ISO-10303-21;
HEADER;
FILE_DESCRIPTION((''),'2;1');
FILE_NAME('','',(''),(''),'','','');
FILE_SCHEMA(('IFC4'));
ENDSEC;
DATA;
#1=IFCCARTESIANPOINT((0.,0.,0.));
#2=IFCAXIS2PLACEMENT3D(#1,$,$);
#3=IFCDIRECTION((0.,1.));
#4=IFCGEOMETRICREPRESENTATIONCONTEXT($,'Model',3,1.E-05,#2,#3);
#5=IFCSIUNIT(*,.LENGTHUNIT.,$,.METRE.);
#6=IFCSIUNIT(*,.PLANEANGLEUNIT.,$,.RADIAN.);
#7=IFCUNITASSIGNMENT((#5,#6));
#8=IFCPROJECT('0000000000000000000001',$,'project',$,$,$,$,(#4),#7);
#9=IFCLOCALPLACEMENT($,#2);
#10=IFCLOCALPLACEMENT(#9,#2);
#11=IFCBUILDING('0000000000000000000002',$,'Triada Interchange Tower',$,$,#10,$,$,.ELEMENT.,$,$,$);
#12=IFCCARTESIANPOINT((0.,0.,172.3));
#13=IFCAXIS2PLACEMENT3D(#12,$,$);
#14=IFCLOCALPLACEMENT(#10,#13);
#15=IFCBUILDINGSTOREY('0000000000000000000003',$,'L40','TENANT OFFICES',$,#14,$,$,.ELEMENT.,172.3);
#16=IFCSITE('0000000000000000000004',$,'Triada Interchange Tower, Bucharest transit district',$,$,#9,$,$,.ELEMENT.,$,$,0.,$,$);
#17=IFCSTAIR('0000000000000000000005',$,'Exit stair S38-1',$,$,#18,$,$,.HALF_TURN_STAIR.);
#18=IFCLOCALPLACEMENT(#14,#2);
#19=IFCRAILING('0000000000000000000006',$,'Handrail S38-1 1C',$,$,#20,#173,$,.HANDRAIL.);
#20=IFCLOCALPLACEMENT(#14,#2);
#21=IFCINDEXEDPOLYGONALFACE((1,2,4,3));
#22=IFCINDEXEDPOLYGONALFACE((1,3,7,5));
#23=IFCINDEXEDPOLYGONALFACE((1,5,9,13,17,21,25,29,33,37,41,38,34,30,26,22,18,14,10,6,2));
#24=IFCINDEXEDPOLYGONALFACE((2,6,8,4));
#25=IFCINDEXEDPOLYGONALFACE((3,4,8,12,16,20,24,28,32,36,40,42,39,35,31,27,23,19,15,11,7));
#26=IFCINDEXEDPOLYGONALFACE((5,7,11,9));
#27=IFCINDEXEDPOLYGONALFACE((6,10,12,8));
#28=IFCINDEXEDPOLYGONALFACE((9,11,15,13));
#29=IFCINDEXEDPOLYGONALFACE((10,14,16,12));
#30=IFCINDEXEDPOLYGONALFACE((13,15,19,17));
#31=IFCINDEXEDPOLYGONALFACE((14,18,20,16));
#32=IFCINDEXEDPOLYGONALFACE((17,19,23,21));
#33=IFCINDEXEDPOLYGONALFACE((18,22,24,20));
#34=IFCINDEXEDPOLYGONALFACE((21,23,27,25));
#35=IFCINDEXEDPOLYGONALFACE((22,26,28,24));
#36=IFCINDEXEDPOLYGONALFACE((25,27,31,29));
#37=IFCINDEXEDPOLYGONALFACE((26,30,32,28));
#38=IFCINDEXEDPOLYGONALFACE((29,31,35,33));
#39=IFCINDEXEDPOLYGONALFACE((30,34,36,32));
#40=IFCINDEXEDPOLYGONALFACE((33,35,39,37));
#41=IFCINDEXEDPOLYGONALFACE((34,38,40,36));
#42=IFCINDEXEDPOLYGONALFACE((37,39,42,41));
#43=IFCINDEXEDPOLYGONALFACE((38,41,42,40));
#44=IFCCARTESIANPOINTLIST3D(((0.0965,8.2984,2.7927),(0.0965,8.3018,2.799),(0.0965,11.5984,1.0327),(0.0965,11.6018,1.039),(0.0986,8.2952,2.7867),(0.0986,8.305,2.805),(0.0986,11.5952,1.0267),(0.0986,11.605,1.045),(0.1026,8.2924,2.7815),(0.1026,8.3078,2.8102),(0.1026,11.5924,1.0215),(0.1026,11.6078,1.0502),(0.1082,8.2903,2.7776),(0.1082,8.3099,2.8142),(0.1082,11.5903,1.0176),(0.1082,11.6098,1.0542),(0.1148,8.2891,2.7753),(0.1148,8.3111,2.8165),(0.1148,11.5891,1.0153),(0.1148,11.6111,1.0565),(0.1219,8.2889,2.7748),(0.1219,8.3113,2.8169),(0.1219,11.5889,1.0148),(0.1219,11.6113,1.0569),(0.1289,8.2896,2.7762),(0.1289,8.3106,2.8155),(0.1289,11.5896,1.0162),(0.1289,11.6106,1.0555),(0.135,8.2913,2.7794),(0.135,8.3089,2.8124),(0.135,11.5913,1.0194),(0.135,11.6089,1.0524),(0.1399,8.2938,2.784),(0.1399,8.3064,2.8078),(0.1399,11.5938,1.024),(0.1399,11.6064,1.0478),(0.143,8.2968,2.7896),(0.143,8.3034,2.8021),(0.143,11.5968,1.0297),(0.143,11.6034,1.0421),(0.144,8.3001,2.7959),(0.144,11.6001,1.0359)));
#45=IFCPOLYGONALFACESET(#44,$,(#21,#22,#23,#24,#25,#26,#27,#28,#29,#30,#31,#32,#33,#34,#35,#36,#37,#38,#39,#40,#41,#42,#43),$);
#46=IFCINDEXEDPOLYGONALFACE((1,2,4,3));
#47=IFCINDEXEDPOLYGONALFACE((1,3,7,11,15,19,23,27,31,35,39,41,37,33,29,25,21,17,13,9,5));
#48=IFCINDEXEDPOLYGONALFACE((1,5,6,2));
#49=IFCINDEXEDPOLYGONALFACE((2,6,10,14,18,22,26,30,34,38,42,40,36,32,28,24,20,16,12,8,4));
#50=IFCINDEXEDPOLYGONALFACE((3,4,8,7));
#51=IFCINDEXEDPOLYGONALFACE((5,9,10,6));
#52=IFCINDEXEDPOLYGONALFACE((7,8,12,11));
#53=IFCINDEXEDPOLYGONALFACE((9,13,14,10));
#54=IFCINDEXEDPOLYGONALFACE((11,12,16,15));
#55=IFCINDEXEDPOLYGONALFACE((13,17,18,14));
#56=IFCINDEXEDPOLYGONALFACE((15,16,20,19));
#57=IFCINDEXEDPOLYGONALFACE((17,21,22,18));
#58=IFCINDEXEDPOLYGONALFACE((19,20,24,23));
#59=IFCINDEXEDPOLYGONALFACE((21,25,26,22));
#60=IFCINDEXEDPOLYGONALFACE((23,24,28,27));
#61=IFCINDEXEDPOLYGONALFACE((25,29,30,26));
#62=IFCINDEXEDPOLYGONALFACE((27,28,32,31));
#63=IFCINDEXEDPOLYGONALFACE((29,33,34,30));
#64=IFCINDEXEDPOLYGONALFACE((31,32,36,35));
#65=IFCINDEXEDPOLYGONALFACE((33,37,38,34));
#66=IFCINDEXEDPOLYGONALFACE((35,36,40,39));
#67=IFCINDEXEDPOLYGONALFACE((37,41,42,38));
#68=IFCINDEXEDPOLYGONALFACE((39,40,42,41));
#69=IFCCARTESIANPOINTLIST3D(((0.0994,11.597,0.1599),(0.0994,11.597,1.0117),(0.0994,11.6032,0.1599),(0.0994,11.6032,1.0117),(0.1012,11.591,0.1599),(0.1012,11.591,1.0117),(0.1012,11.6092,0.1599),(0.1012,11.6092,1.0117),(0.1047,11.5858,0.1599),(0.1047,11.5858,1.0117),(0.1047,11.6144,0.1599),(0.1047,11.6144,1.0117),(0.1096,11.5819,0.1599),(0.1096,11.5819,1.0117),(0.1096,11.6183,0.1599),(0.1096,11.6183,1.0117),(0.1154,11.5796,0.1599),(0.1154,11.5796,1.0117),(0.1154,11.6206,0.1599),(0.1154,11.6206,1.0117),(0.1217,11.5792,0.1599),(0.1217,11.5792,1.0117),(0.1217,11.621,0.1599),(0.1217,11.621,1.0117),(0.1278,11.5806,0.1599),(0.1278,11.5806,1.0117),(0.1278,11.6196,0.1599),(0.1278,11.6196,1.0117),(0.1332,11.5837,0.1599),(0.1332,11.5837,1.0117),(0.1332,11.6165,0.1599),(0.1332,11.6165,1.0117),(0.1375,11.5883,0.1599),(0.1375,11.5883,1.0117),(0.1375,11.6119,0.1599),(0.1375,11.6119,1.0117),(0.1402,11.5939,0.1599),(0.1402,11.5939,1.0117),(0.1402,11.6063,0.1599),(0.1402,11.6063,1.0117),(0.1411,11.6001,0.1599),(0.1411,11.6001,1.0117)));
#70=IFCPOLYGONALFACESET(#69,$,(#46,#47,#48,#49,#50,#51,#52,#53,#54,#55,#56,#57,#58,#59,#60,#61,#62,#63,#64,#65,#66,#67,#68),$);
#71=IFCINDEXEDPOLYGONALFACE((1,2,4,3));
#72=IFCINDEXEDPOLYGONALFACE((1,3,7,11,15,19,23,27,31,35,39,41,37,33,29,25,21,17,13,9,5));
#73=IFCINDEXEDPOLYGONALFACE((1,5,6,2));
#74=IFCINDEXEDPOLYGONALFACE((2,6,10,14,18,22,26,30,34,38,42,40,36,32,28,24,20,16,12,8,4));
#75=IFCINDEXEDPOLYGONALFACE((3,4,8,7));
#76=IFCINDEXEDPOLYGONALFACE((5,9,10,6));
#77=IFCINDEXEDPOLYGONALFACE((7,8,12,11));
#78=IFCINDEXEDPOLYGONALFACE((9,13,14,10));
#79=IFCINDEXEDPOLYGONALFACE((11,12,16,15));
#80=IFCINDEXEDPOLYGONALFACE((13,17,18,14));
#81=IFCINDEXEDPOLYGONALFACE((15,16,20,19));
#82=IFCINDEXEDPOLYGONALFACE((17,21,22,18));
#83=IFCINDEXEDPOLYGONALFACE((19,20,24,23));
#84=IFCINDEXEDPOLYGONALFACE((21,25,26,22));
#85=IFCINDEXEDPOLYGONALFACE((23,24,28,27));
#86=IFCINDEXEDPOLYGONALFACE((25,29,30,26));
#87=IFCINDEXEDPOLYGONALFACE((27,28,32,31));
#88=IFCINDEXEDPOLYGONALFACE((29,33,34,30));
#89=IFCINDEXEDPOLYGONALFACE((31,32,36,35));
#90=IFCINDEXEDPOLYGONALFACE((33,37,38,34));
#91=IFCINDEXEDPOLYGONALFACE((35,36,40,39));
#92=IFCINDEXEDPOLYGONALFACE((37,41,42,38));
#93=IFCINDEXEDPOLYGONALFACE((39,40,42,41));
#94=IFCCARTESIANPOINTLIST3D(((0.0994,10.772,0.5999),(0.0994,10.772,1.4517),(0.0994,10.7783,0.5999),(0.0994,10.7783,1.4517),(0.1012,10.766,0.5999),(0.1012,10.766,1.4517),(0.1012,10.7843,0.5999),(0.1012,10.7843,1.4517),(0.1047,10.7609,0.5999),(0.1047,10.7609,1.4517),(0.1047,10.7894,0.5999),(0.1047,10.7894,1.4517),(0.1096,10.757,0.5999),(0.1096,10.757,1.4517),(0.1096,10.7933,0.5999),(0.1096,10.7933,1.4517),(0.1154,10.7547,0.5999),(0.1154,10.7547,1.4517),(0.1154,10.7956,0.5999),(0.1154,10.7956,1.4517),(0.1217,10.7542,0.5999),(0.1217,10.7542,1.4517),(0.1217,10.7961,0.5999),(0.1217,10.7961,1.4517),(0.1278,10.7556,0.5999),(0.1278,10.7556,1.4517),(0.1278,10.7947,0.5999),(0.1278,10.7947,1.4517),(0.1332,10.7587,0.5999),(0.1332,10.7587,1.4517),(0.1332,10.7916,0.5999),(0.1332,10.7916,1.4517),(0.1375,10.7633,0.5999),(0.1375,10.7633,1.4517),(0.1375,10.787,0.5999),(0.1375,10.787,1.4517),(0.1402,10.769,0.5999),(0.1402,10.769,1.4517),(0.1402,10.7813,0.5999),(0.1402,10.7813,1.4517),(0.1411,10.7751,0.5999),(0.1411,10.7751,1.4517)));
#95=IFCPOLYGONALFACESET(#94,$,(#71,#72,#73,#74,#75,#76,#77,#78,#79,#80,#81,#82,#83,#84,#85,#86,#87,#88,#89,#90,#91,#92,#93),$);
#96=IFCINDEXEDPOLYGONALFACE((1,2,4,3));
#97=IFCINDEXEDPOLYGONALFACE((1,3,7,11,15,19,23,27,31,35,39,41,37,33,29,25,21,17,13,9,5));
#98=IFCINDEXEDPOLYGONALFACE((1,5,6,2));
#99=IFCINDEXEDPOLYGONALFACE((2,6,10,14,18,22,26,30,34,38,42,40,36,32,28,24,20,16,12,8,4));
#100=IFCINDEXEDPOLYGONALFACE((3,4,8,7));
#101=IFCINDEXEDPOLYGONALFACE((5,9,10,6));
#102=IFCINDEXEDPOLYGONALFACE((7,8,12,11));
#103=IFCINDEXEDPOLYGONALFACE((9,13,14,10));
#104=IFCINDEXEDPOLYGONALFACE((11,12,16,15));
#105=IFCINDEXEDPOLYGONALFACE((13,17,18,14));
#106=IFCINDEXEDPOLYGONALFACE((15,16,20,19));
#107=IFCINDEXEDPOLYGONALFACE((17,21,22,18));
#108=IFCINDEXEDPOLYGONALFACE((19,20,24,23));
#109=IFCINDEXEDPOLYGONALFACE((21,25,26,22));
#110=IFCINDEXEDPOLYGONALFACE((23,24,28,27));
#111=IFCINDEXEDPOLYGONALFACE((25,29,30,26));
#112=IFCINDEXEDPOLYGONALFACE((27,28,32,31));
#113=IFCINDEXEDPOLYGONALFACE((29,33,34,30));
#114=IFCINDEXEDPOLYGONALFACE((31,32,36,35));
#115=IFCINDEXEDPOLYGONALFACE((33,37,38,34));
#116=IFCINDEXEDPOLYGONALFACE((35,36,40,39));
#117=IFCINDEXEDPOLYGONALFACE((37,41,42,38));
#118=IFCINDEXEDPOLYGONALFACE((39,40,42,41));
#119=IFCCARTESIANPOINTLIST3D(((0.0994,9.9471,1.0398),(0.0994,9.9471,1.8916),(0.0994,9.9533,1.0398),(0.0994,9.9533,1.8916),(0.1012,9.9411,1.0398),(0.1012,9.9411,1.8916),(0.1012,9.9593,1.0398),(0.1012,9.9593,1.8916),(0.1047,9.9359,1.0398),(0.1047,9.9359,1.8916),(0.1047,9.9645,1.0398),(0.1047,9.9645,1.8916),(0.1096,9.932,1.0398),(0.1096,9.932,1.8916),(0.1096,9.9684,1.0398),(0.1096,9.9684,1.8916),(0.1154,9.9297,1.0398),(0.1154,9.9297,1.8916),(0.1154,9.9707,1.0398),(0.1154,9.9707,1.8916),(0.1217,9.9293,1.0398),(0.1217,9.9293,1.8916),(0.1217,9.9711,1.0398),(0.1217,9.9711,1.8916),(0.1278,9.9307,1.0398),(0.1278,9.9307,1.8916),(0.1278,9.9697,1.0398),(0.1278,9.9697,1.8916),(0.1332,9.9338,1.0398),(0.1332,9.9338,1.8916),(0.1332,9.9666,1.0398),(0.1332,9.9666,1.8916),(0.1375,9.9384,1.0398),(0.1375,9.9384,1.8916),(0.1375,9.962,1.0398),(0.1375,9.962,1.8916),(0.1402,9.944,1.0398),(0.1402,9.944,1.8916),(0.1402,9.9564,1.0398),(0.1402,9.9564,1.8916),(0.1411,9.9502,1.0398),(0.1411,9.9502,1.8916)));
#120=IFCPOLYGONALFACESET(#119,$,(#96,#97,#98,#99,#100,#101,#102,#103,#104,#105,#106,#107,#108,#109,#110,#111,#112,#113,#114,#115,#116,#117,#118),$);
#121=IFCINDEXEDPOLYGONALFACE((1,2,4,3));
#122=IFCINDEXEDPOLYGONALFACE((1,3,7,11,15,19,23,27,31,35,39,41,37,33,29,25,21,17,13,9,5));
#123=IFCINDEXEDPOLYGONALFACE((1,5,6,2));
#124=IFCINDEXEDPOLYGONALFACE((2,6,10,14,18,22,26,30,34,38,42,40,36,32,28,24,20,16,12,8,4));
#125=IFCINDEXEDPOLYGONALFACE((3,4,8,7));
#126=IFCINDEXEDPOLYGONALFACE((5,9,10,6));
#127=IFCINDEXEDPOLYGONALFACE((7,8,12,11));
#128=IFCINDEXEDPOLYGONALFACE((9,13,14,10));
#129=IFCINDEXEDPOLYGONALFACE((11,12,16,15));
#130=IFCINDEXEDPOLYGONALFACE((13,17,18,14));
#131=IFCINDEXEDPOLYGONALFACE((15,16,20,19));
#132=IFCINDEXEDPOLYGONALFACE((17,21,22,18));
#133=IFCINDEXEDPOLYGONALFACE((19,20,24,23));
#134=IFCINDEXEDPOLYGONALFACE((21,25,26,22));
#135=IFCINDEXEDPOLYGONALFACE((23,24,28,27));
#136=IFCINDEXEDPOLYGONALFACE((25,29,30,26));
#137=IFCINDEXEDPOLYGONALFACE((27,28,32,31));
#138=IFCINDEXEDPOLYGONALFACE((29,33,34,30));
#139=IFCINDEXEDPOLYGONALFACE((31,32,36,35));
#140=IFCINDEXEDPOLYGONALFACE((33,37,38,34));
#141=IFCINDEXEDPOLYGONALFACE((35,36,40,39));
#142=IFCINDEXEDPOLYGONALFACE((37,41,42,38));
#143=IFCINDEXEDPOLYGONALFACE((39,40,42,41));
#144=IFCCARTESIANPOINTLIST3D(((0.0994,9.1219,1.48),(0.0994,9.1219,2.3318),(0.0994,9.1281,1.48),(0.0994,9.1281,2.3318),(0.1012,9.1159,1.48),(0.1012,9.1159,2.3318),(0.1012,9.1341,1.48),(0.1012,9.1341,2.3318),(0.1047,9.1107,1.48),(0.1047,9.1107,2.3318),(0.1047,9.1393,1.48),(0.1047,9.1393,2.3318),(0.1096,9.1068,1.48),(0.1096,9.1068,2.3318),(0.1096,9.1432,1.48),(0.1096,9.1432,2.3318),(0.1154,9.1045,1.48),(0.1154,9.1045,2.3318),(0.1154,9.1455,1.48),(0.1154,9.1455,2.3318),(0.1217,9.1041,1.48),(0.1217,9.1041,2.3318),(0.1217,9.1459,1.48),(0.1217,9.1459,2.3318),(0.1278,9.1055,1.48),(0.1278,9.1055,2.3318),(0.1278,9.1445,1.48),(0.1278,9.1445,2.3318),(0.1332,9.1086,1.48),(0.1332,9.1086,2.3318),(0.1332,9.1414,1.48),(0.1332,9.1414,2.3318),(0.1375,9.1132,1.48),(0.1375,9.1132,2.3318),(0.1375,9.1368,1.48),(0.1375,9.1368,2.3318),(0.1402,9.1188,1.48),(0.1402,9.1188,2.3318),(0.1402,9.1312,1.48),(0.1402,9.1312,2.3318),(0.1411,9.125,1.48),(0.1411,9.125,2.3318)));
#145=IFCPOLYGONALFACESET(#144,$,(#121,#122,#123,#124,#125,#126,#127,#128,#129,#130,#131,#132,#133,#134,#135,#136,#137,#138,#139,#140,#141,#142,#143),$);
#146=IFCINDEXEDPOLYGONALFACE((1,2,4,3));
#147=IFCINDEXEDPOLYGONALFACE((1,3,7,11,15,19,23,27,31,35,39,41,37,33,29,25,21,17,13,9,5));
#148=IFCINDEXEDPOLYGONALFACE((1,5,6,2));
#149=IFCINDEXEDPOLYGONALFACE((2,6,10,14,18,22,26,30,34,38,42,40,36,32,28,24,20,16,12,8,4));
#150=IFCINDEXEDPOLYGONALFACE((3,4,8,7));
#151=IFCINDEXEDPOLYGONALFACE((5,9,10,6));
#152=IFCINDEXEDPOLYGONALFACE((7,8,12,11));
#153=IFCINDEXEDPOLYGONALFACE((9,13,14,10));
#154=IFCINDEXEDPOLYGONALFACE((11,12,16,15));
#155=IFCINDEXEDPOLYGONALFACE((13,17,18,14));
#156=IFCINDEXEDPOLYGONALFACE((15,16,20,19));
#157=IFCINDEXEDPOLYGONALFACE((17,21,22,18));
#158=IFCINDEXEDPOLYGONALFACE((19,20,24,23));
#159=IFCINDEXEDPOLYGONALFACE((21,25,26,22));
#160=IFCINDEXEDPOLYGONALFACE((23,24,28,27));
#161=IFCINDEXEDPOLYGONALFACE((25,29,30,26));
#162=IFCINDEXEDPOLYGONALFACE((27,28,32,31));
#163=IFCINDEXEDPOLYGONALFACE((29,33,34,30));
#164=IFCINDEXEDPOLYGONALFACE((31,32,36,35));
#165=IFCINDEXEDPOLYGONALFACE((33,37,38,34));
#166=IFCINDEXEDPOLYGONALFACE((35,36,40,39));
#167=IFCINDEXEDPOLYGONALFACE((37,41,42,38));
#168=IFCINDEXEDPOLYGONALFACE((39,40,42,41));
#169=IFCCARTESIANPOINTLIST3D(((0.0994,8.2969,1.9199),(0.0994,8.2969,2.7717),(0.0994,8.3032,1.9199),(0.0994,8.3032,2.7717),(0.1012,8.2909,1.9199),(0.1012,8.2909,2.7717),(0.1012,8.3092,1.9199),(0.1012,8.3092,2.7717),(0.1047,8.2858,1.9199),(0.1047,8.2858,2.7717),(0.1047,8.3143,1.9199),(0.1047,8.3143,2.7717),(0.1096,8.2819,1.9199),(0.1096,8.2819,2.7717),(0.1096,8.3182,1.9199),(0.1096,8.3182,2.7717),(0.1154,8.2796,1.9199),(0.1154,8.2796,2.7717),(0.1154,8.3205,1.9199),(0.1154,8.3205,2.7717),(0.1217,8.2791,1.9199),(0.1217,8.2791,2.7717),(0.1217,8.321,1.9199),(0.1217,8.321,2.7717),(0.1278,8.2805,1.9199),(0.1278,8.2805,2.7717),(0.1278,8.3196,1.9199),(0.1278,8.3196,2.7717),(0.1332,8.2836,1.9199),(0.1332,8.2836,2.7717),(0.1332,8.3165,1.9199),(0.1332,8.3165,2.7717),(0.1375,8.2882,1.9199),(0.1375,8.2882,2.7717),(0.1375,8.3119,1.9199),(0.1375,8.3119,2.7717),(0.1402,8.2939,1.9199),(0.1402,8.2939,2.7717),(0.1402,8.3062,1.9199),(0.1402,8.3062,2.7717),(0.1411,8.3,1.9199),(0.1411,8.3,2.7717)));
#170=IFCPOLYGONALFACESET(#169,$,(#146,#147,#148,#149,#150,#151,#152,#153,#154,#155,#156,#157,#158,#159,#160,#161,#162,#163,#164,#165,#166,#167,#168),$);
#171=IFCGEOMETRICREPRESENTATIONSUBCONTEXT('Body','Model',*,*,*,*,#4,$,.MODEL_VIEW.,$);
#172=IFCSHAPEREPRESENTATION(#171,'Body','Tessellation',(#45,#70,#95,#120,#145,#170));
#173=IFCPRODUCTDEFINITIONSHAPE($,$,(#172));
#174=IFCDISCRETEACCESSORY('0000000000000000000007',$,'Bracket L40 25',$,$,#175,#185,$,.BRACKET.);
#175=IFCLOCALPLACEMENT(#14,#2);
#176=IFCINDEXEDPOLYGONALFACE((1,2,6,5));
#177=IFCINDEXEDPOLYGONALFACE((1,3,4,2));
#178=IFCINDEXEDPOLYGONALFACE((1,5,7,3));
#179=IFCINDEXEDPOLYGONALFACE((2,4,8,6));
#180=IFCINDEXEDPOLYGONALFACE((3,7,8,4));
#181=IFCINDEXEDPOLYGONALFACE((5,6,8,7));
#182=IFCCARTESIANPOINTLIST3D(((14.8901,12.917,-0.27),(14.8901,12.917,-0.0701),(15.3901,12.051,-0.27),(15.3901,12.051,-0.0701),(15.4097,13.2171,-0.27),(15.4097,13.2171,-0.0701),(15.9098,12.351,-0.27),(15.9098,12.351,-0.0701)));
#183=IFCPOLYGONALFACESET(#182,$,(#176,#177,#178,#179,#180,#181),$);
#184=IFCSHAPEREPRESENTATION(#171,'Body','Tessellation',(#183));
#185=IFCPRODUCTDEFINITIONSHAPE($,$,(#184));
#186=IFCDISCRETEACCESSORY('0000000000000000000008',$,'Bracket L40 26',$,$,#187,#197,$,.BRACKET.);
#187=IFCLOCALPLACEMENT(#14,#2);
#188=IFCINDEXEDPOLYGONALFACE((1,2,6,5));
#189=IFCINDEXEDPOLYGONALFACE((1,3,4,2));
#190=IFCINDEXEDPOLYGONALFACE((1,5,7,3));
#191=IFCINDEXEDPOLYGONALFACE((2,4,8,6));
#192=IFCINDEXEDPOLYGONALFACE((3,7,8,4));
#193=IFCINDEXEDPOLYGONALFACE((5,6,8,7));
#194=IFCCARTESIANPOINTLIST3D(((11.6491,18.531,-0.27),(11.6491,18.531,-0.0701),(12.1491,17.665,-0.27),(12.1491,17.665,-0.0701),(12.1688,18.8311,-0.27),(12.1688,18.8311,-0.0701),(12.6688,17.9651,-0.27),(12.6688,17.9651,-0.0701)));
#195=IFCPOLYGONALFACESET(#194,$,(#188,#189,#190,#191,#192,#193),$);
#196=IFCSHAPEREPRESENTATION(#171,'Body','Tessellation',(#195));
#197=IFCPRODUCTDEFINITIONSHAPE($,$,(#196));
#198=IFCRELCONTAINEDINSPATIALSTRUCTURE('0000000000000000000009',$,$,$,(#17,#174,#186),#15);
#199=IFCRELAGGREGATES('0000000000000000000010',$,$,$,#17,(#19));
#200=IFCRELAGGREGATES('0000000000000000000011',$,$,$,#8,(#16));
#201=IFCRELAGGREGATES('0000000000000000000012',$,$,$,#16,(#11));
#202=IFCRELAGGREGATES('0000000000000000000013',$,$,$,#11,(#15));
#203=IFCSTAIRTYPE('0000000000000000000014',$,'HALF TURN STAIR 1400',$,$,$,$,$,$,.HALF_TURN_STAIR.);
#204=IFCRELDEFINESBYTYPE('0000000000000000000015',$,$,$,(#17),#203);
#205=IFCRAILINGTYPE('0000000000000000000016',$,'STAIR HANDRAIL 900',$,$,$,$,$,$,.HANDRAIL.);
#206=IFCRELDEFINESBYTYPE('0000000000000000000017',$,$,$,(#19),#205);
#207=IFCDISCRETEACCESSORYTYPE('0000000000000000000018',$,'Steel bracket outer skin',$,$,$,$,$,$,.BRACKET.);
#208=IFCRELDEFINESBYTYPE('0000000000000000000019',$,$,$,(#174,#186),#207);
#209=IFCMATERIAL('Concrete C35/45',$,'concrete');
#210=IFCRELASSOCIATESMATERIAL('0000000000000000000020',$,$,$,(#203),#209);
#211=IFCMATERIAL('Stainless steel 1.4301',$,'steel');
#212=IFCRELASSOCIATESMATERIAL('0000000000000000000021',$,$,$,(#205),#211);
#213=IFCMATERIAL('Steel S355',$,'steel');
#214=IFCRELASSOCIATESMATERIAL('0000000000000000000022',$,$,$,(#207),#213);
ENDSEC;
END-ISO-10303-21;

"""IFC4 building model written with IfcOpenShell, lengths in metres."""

from ifc_helpers import new_model, si_unit, direction, frame, origin, origin_2d, place, context, subcontext, project, spatial, rectangle, circle, extrude, material, type_object, element, aggregate, save


model = new_model("IFC4")

# Units and contexts
model_context = context("Model", 3, precision=1e-05, world=origin(), true_north=direction((0.0, 1.0)))
body_context = subcontext(model_context, "Body", "Model", "MODEL_VIEW")
ifc_project = project(units=[si_unit("LENGTHUNIT", "METRE"), si_unit("PLANEANGLEUNIT", "RADIAN")], contexts=[model_context])

# Site, building, storey
site_placement = place(None, origin())
site = spatial("IfcSite", under=ifc_project, at=site_placement, Name="Triada Interchange Tower, Bucharest transit district", CompositionType="ELEMENT", RefElevation=0.0)
building_placement = place(site_placement, origin())
building = spatial("IfcBuilding", under=site, at=building_placement, Name="Triada Interchange Tower", CompositionType="ELEMENT")
storey_placement = place(building_placement, frame((0.0, 0.0, 172.3)))
storey = spatial("IfcBuildingStorey", under=building, at=storey_placement, Name="L40", Description="TENANT OFFICES", CompositionType="ELEMENT", Elevation=172.3)

# Stair
ifc_material_1 = material(Name="Concrete C35/45", Category="concrete")
stair_type = type_object("IfcStairType", Name="HALF TURN STAIR 1400", PredefinedType="HALF_TURN_STAIR", material=ifc_material_1)
stair_placement = place(storey_placement, origin())
stair = element("IfcStair", 1, at=stair_placement, inside=storey, type_object=stair_type, Name="Exit stair S38-1", PredefinedType="HALF_TURN_STAIR")

# Railing
ifc_material_2 = material(Name="Stainless steel 1.4301", Category="steel")
railing_type = type_object("IfcRailingType", Name="STAIR HANDRAIL 900", PredefinedType="HANDRAIL", material=ifc_material_2)
railing_1_placement = place(storey_placement, frame((0.1201, 11.6001, 0.1599)))
railing_1 = element("IfcRailing", 2, at=railing_1_placement, type_object=railing_type, Name="Handrail S38-1 1C", PredefinedType="HANDRAIL", context=body_context, shape_type="SweptSolid", body=[
    extrude(circle(Radius=0.0239, at=origin_2d()), frame((0.0, 0.0, 0.876), z_axis=(0.0, -0.882355, 0.470585), x_axis=(1.0, 0.0, 0.0)), (0.0, 0.0, 1.0), 3.74),
    extrude(circle(Radius=0.021, at=origin_2d()), origin(), (0.0, 0.0, 1.0), 0.8518),
    extrude(circle(Radius=0.021, at=origin_2d()), frame((0.0, -0.825, 0.4399)), (0.0, 0.0, 1.0), 0.8518),
    extrude(circle(Radius=0.021, at=origin_2d()), frame((0.0, -1.6499, 0.8799)), (0.0, 0.0, 1.0), 0.8518),
    extrude(circle(Radius=0.021, at=origin_2d()), frame((0.0, -2.4751, 1.3201)), (0.0, 0.0, 1.0), 0.8518),
    extrude(circle(Radius=0.021, at=origin_2d()), frame((0.0, -3.3, 1.76)), (0.0, 0.0, 1.0), 0.8518),
])
aggregate(stair, [railing_1])

# Discrete accessories
ifc_material_3 = material(Name="Steel S355", Category="steel")
discrete_accessory_type = type_object("IfcDiscreteAccessoryType", Name="Steel bracket outer skin", PredefinedType="BRACKET", material=ifc_material_3)
for number, where, z_axis, x_axis, name in (
    (3, (15.3999, 12.634, -0.27), (0.0, 0.0, 1.0), (0.866023, 0.500005, 0.0), "Bracket L40 25"),
    (4, (12.1589, 18.248, -0.27), (0.0, 0.0, 1.0), (0.866023, 0.500005, 0.0), "Bracket L40 26"),
):
    element("IfcDiscreteAccessory", number, at=place(storey_placement, frame(where, z_axis=z_axis, x_axis=x_axis)), inside=storey, type_object=discrete_accessory_type, Name=name, PredefinedType="BRACKET", context=body_context, shape_type="SweptSolid", body=[
        extrude(rectangle(XDim=0.6001, YDim=1.0, at=origin_2d()), origin(), (0.0, 0.0, 1.0), 0.2),
    ])

save(model, "model.ifc")
